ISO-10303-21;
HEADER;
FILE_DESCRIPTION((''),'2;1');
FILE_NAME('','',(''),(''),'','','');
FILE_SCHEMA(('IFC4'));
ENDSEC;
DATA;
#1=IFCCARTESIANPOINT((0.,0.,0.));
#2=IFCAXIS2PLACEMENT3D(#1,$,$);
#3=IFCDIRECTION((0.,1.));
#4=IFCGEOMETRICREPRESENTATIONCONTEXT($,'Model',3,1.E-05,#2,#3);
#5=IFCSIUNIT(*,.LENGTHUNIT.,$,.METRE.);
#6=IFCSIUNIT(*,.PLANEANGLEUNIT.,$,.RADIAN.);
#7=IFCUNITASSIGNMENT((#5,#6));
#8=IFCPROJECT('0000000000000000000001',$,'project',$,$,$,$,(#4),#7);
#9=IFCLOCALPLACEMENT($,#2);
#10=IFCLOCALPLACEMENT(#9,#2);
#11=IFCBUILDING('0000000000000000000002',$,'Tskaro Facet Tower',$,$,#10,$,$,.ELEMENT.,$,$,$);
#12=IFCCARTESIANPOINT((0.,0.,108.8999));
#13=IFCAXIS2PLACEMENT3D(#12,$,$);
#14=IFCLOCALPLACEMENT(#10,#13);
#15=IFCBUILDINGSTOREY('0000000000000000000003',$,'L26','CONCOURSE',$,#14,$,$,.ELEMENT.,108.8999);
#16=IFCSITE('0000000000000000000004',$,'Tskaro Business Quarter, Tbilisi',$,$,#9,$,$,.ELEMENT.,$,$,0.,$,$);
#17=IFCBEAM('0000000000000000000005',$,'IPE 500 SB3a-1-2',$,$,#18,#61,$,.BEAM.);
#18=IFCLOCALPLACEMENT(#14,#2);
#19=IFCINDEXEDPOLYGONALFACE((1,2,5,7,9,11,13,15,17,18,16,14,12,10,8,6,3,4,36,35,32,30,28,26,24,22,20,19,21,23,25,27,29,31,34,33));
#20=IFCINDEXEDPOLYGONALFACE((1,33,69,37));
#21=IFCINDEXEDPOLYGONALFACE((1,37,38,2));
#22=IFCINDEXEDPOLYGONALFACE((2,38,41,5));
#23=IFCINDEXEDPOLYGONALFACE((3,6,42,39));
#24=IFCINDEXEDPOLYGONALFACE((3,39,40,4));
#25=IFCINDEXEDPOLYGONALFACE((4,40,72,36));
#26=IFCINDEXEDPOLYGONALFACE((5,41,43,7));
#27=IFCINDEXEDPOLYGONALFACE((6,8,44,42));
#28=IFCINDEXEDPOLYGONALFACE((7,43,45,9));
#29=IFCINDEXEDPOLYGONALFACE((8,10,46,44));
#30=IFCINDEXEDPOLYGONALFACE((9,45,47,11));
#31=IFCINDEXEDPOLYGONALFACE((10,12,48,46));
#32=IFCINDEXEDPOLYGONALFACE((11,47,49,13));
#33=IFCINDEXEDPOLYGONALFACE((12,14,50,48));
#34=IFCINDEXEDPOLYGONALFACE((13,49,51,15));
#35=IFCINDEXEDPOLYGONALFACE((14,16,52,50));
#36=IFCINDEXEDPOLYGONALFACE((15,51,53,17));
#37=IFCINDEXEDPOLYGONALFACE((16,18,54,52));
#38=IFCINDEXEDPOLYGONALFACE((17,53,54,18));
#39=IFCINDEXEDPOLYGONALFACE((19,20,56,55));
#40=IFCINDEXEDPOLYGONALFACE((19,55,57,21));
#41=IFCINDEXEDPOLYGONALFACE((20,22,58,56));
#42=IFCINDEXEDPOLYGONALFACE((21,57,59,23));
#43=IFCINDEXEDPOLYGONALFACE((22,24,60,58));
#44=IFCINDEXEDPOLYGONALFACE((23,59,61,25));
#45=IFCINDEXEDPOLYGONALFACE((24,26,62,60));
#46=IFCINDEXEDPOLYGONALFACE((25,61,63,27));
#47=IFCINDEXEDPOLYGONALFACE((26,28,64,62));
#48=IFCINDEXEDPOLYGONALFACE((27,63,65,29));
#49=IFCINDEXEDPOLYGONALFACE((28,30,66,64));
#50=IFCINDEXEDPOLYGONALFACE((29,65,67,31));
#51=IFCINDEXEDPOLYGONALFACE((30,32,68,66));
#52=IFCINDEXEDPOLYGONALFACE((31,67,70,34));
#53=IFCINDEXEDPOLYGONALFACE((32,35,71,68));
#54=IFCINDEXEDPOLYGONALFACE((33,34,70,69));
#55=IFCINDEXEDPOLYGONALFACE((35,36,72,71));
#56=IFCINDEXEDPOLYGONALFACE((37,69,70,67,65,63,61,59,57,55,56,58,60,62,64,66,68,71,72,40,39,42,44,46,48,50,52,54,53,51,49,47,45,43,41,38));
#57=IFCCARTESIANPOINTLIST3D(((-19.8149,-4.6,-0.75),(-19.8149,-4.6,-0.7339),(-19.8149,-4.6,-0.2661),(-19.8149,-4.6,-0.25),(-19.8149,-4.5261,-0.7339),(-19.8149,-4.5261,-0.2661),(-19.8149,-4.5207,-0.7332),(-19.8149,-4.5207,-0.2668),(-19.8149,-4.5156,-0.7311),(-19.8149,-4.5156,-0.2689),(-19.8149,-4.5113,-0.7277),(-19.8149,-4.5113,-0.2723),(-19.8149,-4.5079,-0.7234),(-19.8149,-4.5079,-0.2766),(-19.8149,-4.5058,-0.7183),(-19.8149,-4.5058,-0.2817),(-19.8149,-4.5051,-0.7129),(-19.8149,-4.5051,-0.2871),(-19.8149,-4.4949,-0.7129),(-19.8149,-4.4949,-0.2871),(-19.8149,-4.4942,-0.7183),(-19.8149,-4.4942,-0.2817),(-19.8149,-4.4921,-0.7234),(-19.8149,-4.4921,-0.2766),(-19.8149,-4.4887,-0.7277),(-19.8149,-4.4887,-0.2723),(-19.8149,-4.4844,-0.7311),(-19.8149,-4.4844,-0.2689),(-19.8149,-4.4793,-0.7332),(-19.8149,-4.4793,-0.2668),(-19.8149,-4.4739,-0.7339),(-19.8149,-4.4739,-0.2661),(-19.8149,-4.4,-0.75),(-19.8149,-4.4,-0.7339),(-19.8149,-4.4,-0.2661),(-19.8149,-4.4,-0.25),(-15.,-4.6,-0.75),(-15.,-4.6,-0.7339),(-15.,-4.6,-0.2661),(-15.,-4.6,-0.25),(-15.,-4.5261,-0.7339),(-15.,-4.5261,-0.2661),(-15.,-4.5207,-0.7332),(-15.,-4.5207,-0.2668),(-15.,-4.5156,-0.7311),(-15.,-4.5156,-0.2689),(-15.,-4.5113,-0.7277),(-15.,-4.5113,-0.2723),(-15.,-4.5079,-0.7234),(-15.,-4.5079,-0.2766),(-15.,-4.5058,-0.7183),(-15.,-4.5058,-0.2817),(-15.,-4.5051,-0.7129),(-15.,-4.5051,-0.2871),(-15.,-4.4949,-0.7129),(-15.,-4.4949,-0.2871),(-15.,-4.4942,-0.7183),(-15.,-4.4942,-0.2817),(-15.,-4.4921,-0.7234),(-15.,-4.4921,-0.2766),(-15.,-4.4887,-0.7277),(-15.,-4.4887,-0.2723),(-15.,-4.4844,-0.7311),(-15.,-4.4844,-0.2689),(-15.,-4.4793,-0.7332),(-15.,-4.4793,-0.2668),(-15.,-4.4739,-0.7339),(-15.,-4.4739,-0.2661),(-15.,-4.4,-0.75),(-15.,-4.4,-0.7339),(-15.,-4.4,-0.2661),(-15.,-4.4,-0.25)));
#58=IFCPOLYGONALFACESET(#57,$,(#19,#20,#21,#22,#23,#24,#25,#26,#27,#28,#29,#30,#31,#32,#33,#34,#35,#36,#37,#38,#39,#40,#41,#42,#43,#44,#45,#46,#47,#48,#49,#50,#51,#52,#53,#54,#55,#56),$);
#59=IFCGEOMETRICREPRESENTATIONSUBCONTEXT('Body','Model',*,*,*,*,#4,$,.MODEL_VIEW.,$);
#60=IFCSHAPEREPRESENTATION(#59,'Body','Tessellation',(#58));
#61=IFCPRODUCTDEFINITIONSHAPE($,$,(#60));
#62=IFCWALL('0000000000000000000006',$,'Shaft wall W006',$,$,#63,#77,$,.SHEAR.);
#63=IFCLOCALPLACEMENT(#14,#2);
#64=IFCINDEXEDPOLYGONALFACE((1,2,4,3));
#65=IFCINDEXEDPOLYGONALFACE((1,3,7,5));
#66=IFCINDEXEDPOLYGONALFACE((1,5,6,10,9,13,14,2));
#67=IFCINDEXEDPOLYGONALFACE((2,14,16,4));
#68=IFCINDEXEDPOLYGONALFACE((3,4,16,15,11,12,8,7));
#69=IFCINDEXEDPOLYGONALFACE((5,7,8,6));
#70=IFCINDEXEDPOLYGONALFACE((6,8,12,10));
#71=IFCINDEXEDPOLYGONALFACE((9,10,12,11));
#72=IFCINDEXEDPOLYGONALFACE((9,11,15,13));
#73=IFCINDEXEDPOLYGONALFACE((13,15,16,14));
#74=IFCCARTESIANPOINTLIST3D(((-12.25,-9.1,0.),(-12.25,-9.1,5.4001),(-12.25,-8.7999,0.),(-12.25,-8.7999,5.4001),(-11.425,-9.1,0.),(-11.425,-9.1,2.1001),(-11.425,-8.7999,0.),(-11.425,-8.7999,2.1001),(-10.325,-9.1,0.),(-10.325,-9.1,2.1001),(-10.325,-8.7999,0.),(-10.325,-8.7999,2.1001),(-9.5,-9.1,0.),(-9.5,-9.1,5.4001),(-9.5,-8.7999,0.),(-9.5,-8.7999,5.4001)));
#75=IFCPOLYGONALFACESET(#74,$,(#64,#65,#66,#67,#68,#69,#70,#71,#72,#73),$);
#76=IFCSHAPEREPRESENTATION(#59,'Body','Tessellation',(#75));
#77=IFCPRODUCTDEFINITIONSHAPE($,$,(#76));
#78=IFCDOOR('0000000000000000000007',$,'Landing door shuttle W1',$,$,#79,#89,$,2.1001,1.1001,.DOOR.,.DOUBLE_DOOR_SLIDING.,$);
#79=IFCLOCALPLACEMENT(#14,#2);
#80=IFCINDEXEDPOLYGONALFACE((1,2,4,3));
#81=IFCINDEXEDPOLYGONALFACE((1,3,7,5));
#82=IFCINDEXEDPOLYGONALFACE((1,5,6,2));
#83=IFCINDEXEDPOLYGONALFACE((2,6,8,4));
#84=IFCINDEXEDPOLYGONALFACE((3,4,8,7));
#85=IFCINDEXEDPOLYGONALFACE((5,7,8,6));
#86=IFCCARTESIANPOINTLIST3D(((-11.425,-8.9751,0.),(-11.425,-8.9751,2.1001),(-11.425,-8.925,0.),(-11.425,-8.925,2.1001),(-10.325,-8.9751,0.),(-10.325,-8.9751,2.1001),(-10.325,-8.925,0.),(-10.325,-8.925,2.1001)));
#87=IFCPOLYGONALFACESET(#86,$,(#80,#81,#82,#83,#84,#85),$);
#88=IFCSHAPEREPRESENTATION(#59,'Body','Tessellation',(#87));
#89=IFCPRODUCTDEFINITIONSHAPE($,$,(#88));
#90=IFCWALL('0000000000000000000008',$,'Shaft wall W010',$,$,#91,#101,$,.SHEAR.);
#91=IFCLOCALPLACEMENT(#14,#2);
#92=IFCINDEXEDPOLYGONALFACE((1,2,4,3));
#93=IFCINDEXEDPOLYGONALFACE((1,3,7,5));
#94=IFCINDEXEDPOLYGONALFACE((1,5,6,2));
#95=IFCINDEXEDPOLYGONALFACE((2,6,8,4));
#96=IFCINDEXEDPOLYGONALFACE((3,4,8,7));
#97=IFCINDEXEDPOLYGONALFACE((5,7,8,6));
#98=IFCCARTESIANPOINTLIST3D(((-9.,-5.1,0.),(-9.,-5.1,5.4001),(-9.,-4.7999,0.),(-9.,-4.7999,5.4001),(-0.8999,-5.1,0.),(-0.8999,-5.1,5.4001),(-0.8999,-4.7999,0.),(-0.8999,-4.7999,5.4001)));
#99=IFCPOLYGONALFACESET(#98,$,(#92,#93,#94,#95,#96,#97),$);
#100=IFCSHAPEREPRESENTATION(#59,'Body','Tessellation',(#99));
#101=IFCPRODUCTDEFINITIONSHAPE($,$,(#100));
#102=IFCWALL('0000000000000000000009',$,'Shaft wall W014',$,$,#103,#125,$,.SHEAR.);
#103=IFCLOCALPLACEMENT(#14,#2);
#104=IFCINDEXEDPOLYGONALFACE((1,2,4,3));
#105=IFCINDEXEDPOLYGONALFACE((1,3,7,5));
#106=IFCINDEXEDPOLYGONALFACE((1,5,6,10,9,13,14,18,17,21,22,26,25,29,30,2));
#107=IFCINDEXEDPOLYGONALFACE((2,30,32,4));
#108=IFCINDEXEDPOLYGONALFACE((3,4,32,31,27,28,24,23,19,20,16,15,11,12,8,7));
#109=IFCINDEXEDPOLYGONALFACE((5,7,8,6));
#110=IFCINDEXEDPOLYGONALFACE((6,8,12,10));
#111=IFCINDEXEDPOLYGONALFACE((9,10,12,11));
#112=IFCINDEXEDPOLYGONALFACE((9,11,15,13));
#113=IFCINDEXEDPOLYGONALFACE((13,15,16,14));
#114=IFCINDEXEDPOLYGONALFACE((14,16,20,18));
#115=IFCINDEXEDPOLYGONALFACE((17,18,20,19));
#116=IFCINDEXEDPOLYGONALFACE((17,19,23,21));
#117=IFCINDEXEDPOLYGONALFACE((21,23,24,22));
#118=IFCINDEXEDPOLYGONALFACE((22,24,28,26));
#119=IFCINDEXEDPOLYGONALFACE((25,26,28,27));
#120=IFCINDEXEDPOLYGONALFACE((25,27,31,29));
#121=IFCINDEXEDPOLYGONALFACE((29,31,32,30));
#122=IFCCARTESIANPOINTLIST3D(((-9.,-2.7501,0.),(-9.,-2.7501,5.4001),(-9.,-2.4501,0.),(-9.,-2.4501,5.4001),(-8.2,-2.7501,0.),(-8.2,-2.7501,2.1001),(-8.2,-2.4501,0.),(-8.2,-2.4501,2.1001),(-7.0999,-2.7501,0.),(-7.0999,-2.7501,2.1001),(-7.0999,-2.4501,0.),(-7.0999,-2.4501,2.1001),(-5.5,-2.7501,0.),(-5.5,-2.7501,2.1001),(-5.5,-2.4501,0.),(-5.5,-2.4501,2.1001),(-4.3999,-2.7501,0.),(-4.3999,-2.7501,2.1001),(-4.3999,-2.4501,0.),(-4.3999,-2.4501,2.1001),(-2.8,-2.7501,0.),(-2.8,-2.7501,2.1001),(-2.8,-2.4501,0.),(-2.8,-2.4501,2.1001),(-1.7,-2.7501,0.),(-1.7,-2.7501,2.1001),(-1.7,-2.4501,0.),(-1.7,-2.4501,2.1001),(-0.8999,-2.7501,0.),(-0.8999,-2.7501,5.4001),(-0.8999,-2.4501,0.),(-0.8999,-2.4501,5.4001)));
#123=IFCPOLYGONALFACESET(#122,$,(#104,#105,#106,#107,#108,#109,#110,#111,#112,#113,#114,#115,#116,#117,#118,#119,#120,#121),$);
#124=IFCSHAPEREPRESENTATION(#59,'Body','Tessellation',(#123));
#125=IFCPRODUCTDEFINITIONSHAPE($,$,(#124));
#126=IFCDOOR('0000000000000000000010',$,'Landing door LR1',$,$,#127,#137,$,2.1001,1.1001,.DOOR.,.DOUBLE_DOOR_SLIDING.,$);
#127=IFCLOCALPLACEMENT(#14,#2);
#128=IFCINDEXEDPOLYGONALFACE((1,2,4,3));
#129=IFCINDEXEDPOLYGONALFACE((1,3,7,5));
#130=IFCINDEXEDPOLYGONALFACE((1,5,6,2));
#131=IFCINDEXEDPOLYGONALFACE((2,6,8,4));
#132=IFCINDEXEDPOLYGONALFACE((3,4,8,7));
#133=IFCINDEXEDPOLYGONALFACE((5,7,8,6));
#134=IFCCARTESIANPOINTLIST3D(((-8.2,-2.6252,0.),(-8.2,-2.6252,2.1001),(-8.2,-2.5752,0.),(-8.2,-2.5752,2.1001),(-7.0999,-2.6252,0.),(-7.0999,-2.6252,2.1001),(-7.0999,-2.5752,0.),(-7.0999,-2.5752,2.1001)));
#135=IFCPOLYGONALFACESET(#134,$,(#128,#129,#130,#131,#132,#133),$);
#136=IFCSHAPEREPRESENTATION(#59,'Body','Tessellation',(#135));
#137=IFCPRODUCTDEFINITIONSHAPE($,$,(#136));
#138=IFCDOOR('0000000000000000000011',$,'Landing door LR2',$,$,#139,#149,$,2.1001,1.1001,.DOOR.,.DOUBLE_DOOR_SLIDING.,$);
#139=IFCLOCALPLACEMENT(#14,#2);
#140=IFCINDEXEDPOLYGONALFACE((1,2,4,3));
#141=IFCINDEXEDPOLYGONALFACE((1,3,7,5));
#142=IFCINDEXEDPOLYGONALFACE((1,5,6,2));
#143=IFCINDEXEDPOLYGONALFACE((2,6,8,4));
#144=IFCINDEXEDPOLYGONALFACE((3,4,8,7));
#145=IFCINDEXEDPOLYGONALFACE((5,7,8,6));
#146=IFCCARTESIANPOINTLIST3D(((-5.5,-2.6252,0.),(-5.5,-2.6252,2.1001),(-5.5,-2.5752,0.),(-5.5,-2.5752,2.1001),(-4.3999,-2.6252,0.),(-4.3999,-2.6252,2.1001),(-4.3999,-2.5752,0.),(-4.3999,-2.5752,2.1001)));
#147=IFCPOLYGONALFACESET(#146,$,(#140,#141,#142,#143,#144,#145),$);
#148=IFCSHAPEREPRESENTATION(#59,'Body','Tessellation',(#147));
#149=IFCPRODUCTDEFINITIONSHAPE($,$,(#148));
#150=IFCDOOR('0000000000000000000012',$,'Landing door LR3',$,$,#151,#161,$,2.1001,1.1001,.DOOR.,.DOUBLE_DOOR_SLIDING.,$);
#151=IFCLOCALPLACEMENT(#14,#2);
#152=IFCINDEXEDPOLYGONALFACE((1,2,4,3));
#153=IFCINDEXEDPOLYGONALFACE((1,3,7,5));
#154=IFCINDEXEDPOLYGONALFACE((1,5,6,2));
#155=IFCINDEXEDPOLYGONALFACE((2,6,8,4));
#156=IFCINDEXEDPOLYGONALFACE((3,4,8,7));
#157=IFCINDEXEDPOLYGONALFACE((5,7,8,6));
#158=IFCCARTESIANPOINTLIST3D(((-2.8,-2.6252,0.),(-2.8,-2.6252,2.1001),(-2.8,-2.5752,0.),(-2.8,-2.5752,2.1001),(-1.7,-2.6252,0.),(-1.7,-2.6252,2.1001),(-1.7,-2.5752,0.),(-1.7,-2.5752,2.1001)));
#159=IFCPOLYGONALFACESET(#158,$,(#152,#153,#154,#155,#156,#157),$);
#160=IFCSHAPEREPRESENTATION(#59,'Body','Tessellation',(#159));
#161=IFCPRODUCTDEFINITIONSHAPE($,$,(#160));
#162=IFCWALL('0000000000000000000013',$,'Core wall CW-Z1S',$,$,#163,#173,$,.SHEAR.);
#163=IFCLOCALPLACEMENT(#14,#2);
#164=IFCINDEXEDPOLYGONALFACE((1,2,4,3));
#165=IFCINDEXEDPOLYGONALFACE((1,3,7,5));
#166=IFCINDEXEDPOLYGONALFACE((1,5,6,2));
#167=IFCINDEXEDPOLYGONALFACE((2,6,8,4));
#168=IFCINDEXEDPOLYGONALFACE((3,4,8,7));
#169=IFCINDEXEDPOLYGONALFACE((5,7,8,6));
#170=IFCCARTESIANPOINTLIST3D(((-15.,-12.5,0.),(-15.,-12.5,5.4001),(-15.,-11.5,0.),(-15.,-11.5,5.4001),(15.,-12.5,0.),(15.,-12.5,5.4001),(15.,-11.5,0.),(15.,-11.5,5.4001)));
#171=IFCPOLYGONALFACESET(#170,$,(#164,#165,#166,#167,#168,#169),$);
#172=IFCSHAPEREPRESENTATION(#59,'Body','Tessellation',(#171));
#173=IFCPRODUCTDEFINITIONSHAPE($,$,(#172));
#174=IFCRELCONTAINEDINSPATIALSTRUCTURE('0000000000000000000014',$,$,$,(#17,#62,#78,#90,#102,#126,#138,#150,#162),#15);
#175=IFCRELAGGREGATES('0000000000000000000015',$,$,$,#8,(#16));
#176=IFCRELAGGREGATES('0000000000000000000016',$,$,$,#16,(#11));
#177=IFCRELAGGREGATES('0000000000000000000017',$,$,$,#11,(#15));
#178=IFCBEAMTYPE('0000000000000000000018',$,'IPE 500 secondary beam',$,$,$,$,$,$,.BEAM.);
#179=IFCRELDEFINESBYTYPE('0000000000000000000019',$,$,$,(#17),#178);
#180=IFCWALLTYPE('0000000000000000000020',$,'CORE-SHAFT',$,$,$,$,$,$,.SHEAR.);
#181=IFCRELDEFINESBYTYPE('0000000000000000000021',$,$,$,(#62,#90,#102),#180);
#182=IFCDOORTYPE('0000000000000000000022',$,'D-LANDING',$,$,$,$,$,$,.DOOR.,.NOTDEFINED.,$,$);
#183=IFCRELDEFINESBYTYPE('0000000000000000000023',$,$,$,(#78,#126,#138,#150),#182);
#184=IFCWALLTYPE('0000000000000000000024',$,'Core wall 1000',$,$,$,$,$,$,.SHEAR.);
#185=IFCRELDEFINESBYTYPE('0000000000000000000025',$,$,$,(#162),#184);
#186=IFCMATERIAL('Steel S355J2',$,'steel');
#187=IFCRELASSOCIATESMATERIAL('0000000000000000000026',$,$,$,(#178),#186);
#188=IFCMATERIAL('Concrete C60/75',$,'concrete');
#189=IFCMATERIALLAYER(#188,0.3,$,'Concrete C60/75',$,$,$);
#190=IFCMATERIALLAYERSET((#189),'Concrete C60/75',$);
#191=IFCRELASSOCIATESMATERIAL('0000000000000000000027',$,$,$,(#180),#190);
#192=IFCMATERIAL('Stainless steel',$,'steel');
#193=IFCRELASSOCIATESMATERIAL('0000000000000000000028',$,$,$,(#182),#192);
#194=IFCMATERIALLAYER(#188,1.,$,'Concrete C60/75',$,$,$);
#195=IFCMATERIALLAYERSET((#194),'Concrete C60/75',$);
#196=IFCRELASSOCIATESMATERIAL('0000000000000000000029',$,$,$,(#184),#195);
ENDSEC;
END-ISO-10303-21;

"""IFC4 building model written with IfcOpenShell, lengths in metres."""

from ifc_helpers import new_model, si_unit, direction, frame, frame_2d, origin, origin_2d, place, context, subcontext, project, spatial, rectangle, i_section, extrude, material, layer, layer_set, material_profile, profile_set, type_object, element, fill, save


model = new_model("IFC4")

# Units and contexts
model_context = context("Model", 3, precision=1e-05, world=origin(), true_north=direction((0.0, 1.0)))
body_context = subcontext(model_context, "Body", "Model", "MODEL_VIEW")
ifc_project = project(units=[si_unit("LENGTHUNIT", "METRE"), si_unit("PLANEANGLEUNIT", "RADIAN")], contexts=[model_context])

# Site, building, storey
site_placement = place(None, origin())
site = spatial("IfcSite", under=ifc_project, at=site_placement, Name="Tskaro Business Quarter, Tbilisi", CompositionType="ELEMENT", RefElevation=0.0)
building_placement = place(site_placement, origin())
building = spatial("IfcBuilding", under=site, at=building_placement, Name="Tskaro Facet Tower", CompositionType="ELEMENT")
storey_placement = place(building_placement, frame((0.0, 0.0, 108.8999)))
storey = spatial("IfcBuildingStorey", under=building, at=storey_placement, Name="L26", Description="CONCOURSE", CompositionType="ELEMENT", Elevation=108.8999)

# Beam
ifc_material_1 = material(Name="Steel S355J2", Category="steel")
ifc_material_profile_1 = material_profile(ifc_material_1, i_section(OverallWidth=0.2, OverallDepth=0.5, WebThickness=0.0103, FlangeThickness=0.0161, FilletRadius=0.021, at=origin_2d()), Name="IPE 500")
ifc_profile_set_1 = profile_set([ifc_material_profile_1], Name="Steel S355J2")
beam_type_1 = type_object("IfcBeamType", Name="IPE 500 secondary beam", PredefinedType="BEAM", material=ifc_profile_set_1)
beam_1_placement = place(storey_placement, frame((-19.8149, -4.5, -0.5), z_axis=(1.0, 0.0, 0.0), x_axis=(0.0, 1.0, 0.0)))
element("IfcBeam", 1, at=beam_1_placement, inside=storey, type_object=beam_type_1, Name="IPE 500 SB3a-1-2", PredefinedType="BEAM", context=body_context, shape_type="SweptSolid", body=[
    extrude(i_section(OverallWidth=0.2, OverallDepth=0.5, WebThickness=0.0103, FlangeThickness=0.0161, FilletRadius=0.021, at=origin_2d()), origin(), (0.0, 0.0, 1.0), 4.8149),
])

# Wall, opening, door
ifc_material_2 = material(Name="Concrete C60/75", Category="concrete")
ifc_layer_1 = layer(ifc_material_2, 0.3, Name="Concrete C60/75")
ifc_layer_set_1 = layer_set([ifc_layer_1], Name="Concrete C60/75")
wall_type_1 = type_object("IfcWallType", Name="CORE-SHAFT", PredefinedType="SHEAR", material=ifc_layer_set_1)
wall_1_placement = place(storey_placement, frame((-12.25, -8.95, 0.0), z_axis=(0.0, 0.0, 1.0), x_axis=(1.0, 0.0, 0.0)))
wall_1 = element("IfcWall", 2, at=wall_1_placement, inside=storey, type_object=wall_type_1, Name="Shaft wall W006", PredefinedType="SHEAR", context=body_context, shape_type="SweptSolid", body=[
    extrude(rectangle(XDim=2.75, YDim=0.3, at=frame_2d((1.375, 0.0))), origin(), (0.0, 0.0, 1.0), 5.4001),
])
opening_1_placement = place(wall_1_placement, frame((0.825, 0.0, 0.0)))
opening_1 = element("IfcOpeningElement", 3, at=opening_1_placement, cuts=wall_1, PredefinedType="OPENING", context=body_context, shape_type="SweptSolid", body=[
    extrude(rectangle(XDim=1.1001, YDim=2.1001, at=frame_2d((0.55, 1.05))), frame((0.0, 0.1599, 0.0), z_axis=(0.0, -1.0, 0.0), x_axis=(1.0, 0.0, 0.0)), (0.0, 0.0, 1.0), 0.3201),
])
ifc_material_3 = material(Name="Stainless steel", Category="steel")
door_type_1 = type_object("IfcDoorType", Name="D-LANDING", OperationType="NOTDEFINED", PredefinedType="DOOR", material=ifc_material_3)
door_1_placement = place(opening_1_placement, origin())
door_1 = element("IfcDoor", 4, at=door_1_placement, inside=storey, type_object=door_type_1, Name="Landing door shuttle W1", OperationType="DOUBLE_DOOR_SLIDING", OverallHeight=2.1001, OverallWidth=1.1001, PredefinedType="DOOR", context=body_context, shape_type="SweptSolid", body=[
    extrude(rectangle(XDim=1.1001, YDim=2.1001, at=frame_2d((0.55, 1.05))), frame((0.0, 0.0249, 0.0), z_axis=(0.0, -1.0, 0.0), x_axis=(1.0, 0.0, 0.0)), (0.0, 0.0, 1.0), 0.05),
])
fill(opening_1, door_1)

# Wall
wall_2_placement = place(storey_placement, frame((-9.0, -4.95, 0.0), z_axis=(0.0, 0.0, 1.0), x_axis=(1.0, 0.0, 0.0)))
element("IfcWall", 5, at=wall_2_placement, inside=storey, type_object=wall_type_1, Name="Shaft wall W010", PredefinedType="SHEAR", context=body_context, shape_type="SweptSolid", body=[
    extrude(rectangle(XDim=8.1001, YDim=0.3, at=frame_2d((4.05, 0.0))), origin(), (0.0, 0.0, 1.0), 5.4001),
])

# Wall, openings, doors
wall_3_placement = place(storey_placement, frame((-9.0, -2.6001, 0.0), z_axis=(0.0, 0.0, 1.0), x_axis=(1.0, 0.0, 0.0)))
wall_3 = element("IfcWall", 6, at=wall_3_placement, inside=storey, type_object=wall_type_1, Name="Shaft wall W014", PredefinedType="SHEAR", context=body_context, shape_type="SweptSolid", body=[
    extrude(rectangle(XDim=8.1001, YDim=0.3, at=frame_2d((4.05, 0.0))), origin(), (0.0, 0.0, 1.0), 5.4001),
])
opening_2_placement = place(wall_3_placement, frame((0.8, 0.0, 0.0)))
opening_2 = element("IfcOpeningElement", 7, at=opening_2_placement, cuts=wall_3, PredefinedType="OPENING", context=body_context, shape_type="SweptSolid", body=[
    extrude(rectangle(XDim=1.1001, YDim=2.1001, at=frame_2d((0.55, 1.05))), frame((0.0, 0.1599, 0.0), z_axis=(0.0, -1.0, 0.0), x_axis=(1.0, 0.0, 0.0)), (0.0, 0.0, 1.0), 0.3201),
])
opening_3_placement = place(wall_3_placement, frame((3.5, 0.0, 0.0)))
opening_3 = element("IfcOpeningElement", 8, at=opening_3_placement, cuts=wall_3, PredefinedType="OPENING", context=body_context, shape_type="SweptSolid", body=[
    extrude(rectangle(XDim=1.1001, YDim=2.1001, at=frame_2d((0.55, 1.05))), frame((0.0, 0.1599, 0.0), z_axis=(0.0, -1.0, 0.0), x_axis=(1.0, 0.0, 0.0)), (0.0, 0.0, 1.0), 0.3201),
])
opening_4_placement = place(wall_3_placement, frame((6.2, 0.0, 0.0)))
opening_4 = element("IfcOpeningElement", 9, at=opening_4_placement, cuts=wall_3, PredefinedType="OPENING", context=body_context, shape_type="SweptSolid", body=[
    extrude(rectangle(XDim=1.1001, YDim=2.1001, at=frame_2d((0.55, 1.05))), frame((0.0, 0.1599, 0.0), z_axis=(0.0, -1.0, 0.0), x_axis=(1.0, 0.0, 0.0)), (0.0, 0.0, 1.0), 0.3201),
])
door_2_placement = place(opening_2_placement, origin())
door_2 = element("IfcDoor", 10, at=door_2_placement, inside=storey, type_object=door_type_1, Name="Landing door LR1", OperationType="DOUBLE_DOOR_SLIDING", OverallHeight=2.1001, OverallWidth=1.1001, PredefinedType="DOOR", context=body_context, shape_type="SweptSolid", body=[
    extrude(rectangle(XDim=1.1001, YDim=2.1001, at=frame_2d((0.55, 1.05))), frame((0.0, 0.0249, 0.0), z_axis=(0.0, -1.0, 0.0), x_axis=(1.0, 0.0, 0.0)), (0.0, 0.0, 1.0), 0.05),
])
fill(opening_2, door_2)
door_3_placement = place(opening_3_placement, origin())
door_3 = element("IfcDoor", 11, at=door_3_placement, inside=storey, type_object=door_type_1, Name="Landing door LR2", OperationType="DOUBLE_DOOR_SLIDING", OverallHeight=2.1001, OverallWidth=1.1001, PredefinedType="DOOR", context=body_context, shape_type="SweptSolid", body=[
    extrude(rectangle(XDim=1.1001, YDim=2.1001, at=frame_2d((0.55, 1.05))), frame((0.0, 0.0249, 0.0), z_axis=(0.0, -1.0, 0.0), x_axis=(1.0, 0.0, 0.0)), (0.0, 0.0, 1.0), 0.05),
])
fill(opening_3, door_3)
door_4_placement = place(opening_4_placement, origin())
door_4 = element("IfcDoor", 12, at=door_4_placement, inside=storey, type_object=door_type_1, Name="Landing door LR3", OperationType="DOUBLE_DOOR_SLIDING", OverallHeight=2.1001, OverallWidth=1.1001, PredefinedType="DOOR", context=body_context, shape_type="SweptSolid", body=[
    extrude(rectangle(XDim=1.1001, YDim=2.1001, at=frame_2d((0.55, 1.05))), frame((0.0, 0.0249, 0.0), z_axis=(0.0, -1.0, 0.0), x_axis=(1.0, 0.0, 0.0)), (0.0, 0.0, 1.0), 0.05),
])
fill(opening_4, door_4)

# Wall
ifc_layer_2 = layer(ifc_material_2, 1.0, Name="Concrete C60/75")
ifc_layer_set_2 = layer_set([ifc_layer_2], Name="Concrete C60/75")
wall_type_2 = type_object("IfcWallType", Name="Core wall 1000", PredefinedType="SHEAR", material=ifc_layer_set_2)
wall_4_placement = place(storey_placement, frame((-15.0, -12.0, 0.0), z_axis=(0.0, 0.0, 1.0), x_axis=(1.0, 0.0, 0.0)))
element("IfcWall", 13, at=wall_4_placement, inside=storey, type_object=wall_type_2, Name="Core wall CW-Z1S", PredefinedType="SHEAR", context=body_context, shape_type="SweptSolid", body=[
    extrude(rectangle(XDim=30.0, YDim=1.0, at=frame_2d((15.0, 0.0))), origin(), (0.0, 0.0, 1.0), 5.4001),
])

save(model, "model.ifc")
